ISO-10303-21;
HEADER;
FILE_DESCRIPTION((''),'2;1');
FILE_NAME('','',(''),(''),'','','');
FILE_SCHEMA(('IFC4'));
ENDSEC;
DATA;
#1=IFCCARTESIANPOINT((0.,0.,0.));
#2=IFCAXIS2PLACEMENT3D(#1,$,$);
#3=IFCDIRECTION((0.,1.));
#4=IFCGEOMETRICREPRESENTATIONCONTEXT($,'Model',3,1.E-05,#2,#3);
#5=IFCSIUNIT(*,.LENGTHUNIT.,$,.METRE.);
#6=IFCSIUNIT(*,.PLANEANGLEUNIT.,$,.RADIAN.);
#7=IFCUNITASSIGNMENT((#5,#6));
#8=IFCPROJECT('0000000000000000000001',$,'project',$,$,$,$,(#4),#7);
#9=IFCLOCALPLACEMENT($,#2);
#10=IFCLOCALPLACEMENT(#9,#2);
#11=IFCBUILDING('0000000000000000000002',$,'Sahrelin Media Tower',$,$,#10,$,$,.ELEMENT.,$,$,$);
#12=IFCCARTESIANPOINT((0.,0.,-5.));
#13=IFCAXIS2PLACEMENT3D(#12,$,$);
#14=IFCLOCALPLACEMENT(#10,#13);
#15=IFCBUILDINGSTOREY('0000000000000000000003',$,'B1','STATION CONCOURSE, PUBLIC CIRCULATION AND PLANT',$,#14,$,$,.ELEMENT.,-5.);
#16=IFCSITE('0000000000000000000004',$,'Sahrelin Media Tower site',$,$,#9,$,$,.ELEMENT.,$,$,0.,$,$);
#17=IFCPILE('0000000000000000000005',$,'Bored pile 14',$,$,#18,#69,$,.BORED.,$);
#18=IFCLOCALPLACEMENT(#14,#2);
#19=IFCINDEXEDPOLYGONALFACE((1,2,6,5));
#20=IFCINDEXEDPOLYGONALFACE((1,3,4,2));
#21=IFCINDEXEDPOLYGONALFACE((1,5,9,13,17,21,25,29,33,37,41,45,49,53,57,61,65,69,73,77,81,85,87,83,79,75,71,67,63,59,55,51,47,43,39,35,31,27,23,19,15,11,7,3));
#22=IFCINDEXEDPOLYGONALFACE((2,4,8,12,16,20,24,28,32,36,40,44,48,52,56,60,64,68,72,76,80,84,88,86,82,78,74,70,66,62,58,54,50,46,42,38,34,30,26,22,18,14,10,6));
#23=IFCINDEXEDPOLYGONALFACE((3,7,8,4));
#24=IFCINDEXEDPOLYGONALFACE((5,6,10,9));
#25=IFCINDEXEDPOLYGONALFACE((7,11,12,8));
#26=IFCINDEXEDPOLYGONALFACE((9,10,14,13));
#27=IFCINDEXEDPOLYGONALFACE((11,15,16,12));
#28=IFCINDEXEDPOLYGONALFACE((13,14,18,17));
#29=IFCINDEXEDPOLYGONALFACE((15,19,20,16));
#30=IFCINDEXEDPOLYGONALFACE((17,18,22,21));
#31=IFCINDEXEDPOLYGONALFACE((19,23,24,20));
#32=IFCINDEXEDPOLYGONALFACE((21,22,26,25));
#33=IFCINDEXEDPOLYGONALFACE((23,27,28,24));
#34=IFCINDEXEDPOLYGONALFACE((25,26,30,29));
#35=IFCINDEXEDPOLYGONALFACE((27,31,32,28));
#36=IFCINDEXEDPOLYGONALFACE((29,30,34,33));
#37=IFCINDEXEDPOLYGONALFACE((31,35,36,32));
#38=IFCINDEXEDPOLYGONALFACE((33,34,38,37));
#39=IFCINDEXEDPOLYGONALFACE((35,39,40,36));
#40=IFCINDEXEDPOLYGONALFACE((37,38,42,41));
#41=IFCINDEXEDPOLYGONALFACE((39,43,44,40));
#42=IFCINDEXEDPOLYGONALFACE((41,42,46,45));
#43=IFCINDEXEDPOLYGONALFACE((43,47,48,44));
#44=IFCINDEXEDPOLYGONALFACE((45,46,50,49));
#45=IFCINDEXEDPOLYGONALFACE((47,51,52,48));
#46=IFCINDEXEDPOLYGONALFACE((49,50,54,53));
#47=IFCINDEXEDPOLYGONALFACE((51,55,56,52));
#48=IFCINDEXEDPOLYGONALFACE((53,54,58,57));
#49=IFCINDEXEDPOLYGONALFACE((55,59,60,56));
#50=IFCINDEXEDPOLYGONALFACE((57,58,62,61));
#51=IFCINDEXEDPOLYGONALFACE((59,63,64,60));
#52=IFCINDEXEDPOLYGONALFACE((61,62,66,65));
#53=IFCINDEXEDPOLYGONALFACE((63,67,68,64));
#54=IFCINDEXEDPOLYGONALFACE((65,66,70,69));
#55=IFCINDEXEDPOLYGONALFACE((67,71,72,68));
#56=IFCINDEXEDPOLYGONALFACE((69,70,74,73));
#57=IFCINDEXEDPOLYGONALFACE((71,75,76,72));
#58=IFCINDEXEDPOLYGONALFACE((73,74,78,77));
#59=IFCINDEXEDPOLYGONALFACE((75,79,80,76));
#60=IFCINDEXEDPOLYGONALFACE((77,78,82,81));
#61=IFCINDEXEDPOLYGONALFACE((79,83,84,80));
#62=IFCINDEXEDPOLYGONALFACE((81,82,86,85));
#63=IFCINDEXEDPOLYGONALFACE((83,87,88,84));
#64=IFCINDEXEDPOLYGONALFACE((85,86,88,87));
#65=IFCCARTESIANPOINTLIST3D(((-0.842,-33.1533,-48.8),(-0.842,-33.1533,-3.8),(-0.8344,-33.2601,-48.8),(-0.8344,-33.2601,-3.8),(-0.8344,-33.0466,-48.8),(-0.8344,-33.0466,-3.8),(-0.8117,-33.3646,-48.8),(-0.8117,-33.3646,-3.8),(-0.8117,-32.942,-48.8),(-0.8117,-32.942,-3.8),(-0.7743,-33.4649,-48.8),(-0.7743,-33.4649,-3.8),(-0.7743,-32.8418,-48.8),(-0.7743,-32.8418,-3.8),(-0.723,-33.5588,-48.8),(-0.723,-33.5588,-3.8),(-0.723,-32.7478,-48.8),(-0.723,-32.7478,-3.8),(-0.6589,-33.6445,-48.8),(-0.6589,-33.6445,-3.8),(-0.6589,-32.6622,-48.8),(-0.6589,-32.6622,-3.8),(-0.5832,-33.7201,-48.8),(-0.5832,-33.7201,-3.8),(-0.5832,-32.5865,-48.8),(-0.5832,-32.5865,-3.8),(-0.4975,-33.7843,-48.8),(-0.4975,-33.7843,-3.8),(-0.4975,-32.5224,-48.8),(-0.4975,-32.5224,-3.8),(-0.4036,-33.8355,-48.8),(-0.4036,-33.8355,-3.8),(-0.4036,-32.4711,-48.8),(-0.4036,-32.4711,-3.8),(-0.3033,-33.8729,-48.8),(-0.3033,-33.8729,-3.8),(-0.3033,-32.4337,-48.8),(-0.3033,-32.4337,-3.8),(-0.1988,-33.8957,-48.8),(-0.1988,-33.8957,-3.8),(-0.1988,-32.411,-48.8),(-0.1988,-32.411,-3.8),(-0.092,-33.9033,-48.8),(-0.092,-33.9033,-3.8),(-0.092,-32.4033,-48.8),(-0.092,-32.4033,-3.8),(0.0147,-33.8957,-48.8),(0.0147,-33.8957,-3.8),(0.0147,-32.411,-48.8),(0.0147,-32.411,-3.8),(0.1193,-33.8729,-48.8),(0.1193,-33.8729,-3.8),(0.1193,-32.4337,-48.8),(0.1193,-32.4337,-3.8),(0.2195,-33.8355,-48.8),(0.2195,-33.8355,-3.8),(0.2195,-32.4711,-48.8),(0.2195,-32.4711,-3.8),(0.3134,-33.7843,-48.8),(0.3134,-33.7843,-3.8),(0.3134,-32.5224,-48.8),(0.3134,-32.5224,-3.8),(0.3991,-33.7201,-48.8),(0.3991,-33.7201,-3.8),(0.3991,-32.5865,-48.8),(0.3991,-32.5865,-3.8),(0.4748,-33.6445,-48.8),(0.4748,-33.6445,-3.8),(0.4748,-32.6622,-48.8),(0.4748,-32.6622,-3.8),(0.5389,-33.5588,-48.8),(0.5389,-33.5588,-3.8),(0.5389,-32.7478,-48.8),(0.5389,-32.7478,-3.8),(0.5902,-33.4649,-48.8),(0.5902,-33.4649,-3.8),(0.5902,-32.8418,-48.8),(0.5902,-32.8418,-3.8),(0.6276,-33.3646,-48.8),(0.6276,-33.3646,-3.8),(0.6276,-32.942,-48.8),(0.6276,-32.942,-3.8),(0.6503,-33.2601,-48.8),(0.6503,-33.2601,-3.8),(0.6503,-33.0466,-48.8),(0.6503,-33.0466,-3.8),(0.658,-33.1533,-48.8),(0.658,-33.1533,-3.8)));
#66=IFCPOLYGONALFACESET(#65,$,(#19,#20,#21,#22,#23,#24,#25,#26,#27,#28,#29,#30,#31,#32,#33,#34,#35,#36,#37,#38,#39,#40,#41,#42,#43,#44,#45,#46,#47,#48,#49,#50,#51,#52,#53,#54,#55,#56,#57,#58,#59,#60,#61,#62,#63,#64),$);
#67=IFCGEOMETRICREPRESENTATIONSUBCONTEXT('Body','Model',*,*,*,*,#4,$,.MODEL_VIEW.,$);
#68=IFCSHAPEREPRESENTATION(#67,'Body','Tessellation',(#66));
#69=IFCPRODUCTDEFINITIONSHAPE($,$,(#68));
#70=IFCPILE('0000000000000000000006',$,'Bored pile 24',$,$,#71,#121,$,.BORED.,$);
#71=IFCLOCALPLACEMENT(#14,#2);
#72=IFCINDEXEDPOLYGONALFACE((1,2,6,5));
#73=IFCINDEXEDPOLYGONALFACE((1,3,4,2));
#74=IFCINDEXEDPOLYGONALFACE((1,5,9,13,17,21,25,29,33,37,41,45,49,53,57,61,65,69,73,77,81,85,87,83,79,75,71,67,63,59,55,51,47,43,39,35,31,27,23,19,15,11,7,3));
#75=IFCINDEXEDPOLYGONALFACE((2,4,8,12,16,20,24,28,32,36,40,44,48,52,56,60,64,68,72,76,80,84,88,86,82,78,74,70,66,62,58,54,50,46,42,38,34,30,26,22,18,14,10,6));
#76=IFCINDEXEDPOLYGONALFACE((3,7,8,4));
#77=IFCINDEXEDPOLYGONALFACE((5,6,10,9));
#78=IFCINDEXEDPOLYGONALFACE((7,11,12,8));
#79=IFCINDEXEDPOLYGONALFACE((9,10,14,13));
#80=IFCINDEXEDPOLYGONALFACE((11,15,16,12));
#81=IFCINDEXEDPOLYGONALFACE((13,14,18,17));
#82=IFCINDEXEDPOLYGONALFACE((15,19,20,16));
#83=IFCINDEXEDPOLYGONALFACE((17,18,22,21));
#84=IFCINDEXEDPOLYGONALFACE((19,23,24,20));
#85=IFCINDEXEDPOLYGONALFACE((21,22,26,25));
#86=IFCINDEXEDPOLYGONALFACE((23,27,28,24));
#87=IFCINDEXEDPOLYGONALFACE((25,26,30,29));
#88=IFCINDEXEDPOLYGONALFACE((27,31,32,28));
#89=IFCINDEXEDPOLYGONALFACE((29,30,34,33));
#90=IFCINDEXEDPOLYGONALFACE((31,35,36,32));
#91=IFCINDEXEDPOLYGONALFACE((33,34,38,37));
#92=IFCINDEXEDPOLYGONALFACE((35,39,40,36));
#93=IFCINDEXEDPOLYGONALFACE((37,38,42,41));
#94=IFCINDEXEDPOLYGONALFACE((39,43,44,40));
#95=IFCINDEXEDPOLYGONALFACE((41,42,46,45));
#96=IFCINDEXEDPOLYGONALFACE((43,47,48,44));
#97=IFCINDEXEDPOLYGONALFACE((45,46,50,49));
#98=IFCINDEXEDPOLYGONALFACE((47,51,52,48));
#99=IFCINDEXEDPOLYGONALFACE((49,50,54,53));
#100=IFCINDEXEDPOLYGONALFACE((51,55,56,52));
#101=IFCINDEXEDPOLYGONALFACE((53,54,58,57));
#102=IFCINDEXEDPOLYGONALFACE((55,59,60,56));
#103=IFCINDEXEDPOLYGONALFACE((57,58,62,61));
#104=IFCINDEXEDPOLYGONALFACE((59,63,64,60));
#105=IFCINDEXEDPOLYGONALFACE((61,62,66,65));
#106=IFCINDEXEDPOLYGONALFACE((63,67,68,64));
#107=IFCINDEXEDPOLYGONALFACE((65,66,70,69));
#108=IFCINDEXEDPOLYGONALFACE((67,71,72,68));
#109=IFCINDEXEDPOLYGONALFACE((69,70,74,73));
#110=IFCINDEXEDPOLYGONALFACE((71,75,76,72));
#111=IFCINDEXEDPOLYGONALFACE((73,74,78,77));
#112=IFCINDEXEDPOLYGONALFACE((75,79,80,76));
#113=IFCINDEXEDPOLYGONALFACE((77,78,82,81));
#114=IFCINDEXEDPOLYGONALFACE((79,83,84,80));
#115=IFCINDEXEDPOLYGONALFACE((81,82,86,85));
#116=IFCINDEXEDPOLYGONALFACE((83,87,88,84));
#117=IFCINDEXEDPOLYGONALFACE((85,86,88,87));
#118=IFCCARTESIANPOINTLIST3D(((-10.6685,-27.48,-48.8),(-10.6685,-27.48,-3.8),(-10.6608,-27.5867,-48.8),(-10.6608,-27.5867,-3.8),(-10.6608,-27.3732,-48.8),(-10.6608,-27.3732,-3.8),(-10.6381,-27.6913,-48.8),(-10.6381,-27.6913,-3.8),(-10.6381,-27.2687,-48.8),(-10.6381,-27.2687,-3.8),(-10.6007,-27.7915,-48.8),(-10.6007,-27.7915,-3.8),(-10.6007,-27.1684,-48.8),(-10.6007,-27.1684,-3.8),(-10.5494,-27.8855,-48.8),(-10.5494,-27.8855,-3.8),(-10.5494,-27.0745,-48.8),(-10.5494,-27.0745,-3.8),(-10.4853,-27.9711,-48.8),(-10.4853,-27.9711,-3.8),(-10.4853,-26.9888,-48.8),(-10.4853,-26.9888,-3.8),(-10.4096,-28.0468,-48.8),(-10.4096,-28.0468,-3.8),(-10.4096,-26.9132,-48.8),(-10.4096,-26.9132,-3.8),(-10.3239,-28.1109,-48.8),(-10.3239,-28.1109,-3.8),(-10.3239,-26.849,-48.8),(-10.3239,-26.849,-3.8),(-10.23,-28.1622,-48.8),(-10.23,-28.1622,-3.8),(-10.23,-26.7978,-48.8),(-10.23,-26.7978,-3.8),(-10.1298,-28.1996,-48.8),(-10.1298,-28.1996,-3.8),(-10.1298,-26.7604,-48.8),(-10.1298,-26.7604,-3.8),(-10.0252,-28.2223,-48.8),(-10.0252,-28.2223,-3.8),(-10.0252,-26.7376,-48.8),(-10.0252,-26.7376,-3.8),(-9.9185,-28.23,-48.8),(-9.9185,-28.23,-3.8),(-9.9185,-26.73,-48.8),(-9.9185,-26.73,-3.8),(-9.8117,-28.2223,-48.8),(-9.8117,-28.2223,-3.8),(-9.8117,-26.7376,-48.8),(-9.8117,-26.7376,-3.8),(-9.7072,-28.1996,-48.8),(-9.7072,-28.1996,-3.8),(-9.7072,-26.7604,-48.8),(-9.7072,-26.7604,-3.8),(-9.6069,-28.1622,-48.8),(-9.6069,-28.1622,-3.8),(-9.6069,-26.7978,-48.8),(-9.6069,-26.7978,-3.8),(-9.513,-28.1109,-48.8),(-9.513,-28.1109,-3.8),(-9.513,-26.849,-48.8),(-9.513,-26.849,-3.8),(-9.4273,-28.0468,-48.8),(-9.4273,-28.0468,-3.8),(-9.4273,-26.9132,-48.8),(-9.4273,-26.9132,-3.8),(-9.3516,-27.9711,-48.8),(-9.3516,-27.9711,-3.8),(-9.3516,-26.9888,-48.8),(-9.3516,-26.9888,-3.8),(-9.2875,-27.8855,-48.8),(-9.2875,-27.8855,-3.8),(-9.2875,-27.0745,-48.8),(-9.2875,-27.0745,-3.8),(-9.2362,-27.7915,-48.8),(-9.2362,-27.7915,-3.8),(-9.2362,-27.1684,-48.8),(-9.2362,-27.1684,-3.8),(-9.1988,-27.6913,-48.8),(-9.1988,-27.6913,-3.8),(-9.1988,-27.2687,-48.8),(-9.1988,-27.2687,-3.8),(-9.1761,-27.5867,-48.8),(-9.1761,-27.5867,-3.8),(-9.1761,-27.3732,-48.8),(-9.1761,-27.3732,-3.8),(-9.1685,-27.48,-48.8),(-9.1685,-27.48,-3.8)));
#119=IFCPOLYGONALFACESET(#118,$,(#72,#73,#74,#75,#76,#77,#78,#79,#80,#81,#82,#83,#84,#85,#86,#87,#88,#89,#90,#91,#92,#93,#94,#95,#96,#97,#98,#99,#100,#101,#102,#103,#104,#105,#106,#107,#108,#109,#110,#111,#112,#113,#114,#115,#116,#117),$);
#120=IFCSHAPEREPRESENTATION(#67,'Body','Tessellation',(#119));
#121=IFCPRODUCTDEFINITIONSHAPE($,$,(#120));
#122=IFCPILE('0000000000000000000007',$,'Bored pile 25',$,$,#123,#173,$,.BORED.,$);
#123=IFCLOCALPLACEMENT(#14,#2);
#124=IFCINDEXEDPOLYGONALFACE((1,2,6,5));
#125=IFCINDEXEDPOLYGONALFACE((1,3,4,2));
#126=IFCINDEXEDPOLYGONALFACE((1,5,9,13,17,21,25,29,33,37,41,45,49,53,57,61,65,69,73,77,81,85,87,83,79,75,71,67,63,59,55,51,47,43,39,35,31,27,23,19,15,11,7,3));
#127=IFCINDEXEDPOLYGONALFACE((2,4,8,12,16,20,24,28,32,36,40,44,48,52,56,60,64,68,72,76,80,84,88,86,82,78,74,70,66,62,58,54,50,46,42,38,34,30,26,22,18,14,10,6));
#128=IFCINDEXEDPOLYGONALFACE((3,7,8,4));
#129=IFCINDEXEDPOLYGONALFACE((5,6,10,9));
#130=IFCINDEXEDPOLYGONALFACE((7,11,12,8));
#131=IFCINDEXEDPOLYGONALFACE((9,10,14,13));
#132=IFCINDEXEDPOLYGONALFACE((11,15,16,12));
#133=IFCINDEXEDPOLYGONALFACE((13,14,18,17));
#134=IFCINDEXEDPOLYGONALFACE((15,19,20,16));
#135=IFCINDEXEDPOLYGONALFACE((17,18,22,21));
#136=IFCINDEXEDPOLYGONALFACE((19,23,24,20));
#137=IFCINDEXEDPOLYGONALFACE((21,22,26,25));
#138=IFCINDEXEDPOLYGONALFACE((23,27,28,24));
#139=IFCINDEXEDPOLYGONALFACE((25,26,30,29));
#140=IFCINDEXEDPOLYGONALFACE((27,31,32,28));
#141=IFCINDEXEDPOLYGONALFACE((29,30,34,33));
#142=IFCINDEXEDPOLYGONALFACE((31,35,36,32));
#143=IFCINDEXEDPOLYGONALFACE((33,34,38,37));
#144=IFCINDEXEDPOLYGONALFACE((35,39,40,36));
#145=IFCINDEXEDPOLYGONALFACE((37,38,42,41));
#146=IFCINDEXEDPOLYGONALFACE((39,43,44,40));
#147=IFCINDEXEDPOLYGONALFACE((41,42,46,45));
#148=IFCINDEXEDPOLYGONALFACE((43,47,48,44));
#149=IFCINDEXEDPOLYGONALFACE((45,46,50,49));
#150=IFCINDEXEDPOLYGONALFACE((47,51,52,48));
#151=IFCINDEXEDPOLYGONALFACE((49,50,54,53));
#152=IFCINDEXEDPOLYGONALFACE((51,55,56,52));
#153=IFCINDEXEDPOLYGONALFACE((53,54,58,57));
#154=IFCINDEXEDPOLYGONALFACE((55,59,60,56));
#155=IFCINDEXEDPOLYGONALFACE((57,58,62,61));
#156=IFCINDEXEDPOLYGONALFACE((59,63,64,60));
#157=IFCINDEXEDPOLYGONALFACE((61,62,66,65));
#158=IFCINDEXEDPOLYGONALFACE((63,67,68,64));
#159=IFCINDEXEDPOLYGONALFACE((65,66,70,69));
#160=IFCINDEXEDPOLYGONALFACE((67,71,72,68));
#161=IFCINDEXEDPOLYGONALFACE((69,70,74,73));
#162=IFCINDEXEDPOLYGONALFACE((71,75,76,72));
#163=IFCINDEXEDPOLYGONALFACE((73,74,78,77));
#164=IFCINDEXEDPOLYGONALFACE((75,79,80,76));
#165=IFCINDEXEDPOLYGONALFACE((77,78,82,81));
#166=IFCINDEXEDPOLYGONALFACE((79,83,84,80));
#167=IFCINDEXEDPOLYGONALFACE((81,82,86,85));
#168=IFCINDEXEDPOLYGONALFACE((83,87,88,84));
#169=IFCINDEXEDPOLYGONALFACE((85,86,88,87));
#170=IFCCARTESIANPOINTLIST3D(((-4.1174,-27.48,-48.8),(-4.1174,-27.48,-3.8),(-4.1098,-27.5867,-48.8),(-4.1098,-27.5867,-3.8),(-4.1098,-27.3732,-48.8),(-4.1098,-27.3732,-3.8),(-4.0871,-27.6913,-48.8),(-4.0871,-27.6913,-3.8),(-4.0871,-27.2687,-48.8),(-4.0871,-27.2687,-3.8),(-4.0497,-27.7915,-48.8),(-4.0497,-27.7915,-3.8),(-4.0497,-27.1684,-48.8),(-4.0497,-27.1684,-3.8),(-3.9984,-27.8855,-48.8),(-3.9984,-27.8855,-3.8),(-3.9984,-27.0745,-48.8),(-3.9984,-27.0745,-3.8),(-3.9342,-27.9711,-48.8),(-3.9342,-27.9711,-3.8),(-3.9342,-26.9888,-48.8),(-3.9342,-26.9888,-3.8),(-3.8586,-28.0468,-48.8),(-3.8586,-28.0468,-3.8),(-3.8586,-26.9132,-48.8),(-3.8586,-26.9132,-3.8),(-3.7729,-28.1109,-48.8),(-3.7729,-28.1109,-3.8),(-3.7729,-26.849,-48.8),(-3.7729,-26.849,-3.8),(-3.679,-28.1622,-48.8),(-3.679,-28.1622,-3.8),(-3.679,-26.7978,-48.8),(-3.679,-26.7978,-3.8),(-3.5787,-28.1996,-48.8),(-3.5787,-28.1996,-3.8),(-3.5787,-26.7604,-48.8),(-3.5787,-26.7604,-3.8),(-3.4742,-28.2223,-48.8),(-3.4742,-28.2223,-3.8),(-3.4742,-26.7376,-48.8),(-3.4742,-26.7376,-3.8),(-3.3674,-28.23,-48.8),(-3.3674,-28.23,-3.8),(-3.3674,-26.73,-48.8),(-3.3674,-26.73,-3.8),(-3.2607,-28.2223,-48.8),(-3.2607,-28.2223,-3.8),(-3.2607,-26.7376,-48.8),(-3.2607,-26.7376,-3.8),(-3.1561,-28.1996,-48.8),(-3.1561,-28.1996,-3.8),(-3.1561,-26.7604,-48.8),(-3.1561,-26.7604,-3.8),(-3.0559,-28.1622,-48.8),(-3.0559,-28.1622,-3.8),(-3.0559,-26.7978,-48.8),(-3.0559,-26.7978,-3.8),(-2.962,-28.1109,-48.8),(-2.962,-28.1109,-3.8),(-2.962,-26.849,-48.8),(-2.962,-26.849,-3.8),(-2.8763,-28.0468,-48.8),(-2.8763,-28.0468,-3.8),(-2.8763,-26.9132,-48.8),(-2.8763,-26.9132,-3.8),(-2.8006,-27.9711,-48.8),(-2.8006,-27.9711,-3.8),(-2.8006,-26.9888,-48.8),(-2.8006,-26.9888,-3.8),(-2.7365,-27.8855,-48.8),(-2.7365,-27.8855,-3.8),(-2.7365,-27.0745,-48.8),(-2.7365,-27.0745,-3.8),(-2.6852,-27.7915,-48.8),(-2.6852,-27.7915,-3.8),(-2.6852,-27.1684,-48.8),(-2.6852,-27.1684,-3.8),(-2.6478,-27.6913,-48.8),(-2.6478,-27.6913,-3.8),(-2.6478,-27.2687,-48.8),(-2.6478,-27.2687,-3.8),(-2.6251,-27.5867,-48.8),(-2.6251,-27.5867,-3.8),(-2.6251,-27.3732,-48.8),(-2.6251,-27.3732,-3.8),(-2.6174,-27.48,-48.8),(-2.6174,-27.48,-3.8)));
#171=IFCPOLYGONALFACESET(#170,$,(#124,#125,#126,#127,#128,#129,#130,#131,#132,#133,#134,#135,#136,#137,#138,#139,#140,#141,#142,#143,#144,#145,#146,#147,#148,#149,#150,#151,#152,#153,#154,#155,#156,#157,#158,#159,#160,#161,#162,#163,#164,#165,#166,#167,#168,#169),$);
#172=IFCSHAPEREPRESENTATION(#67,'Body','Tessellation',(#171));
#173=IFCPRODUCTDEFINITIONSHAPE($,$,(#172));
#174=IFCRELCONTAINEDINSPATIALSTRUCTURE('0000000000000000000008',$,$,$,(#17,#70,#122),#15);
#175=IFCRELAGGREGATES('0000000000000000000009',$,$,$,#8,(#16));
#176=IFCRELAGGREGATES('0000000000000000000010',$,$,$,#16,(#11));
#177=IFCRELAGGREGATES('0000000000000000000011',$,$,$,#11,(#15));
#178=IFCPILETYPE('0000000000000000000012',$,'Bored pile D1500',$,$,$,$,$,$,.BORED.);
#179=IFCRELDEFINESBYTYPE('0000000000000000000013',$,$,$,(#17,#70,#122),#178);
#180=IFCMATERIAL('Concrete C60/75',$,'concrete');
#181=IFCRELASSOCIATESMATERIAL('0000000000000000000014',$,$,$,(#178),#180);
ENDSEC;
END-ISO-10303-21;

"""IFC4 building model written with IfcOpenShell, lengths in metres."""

from ifc_helpers import new_model, si_unit, direction, frame, origin, origin_2d, place, context, subcontext, project, spatial, circle, extrude, material, material_profile, profile_set, type_object, element, save


model = new_model("IFC4")

# Units and contexts
model_context = context("Model", 3, precision=1e-05, world=origin(), true_north=direction((0.0, 1.0)))
body_context = subcontext(model_context, "Body", "Model", "MODEL_VIEW")
ifc_project = project(units=[si_unit("LENGTHUNIT", "METRE"), si_unit("PLANEANGLEUNIT", "RADIAN")], contexts=[model_context])

# Site, building, storey
site_placement = place(None, origin())
site = spatial("IfcSite", under=ifc_project, at=site_placement, Name="Sahrelin Media Tower site", CompositionType="ELEMENT", RefElevation=0.0)
building_placement = place(site_placement, origin())
building = spatial("IfcBuilding", under=site, at=building_placement, Name="Sahrelin Media Tower", CompositionType="ELEMENT")
storey_placement = place(building_placement, frame((0.0, 0.0, -5.0)))
storey = spatial("IfcBuildingStorey", under=building, at=storey_placement, Name="B1", Description="STATION CONCOURSE, PUBLIC CIRCULATION AND PLANT", CompositionType="ELEMENT", Elevation=-5.0)

# Piles
ifc_material_1 = material(Name="Concrete C60/75", Category="concrete")
ifc_material_profile_1 = material_profile(ifc_material_1, circle(Radius=0.75, at=origin_2d()), Name="Bored pile D1500")
ifc_profile_set_1 = profile_set([ifc_material_profile_1], Name="Concrete C60/75")
pile_type = type_object("IfcPileType", Name="Bored pile D1500", PredefinedType="BORED", material=ifc_profile_set_1)
for number, where, z_axis, x_axis, name in (
    (1, (-0.092, -33.1533, -3.8), (0.0, 0.0, -1.0), (1.0, 0.0, 0.0), "Bored pile 14"),
    (2, (-9.9185, -27.48, -3.8), (0.0, 0.0, -1.0), (1.0, 0.0, 0.0), "Bored pile 24"),
    (3, (-3.3674, -27.48, -3.8), (0.0, 0.0, -1.0), (1.0, 0.0, 0.0), "Bored pile 25"),
):
    element("IfcPile", number, at=place(storey_placement, frame(where, z_axis=z_axis, x_axis=x_axis)), inside=storey, type_object=pile_type, Name=name, PredefinedType="BORED", context=body_context, shape_type="SweptSolid", body=[
        extrude(circle(Radius=0.75, at=origin_2d()), origin(), (0.0, 0.0, 1.0), 45.0),
    ])

save(model, "model.ifc")
